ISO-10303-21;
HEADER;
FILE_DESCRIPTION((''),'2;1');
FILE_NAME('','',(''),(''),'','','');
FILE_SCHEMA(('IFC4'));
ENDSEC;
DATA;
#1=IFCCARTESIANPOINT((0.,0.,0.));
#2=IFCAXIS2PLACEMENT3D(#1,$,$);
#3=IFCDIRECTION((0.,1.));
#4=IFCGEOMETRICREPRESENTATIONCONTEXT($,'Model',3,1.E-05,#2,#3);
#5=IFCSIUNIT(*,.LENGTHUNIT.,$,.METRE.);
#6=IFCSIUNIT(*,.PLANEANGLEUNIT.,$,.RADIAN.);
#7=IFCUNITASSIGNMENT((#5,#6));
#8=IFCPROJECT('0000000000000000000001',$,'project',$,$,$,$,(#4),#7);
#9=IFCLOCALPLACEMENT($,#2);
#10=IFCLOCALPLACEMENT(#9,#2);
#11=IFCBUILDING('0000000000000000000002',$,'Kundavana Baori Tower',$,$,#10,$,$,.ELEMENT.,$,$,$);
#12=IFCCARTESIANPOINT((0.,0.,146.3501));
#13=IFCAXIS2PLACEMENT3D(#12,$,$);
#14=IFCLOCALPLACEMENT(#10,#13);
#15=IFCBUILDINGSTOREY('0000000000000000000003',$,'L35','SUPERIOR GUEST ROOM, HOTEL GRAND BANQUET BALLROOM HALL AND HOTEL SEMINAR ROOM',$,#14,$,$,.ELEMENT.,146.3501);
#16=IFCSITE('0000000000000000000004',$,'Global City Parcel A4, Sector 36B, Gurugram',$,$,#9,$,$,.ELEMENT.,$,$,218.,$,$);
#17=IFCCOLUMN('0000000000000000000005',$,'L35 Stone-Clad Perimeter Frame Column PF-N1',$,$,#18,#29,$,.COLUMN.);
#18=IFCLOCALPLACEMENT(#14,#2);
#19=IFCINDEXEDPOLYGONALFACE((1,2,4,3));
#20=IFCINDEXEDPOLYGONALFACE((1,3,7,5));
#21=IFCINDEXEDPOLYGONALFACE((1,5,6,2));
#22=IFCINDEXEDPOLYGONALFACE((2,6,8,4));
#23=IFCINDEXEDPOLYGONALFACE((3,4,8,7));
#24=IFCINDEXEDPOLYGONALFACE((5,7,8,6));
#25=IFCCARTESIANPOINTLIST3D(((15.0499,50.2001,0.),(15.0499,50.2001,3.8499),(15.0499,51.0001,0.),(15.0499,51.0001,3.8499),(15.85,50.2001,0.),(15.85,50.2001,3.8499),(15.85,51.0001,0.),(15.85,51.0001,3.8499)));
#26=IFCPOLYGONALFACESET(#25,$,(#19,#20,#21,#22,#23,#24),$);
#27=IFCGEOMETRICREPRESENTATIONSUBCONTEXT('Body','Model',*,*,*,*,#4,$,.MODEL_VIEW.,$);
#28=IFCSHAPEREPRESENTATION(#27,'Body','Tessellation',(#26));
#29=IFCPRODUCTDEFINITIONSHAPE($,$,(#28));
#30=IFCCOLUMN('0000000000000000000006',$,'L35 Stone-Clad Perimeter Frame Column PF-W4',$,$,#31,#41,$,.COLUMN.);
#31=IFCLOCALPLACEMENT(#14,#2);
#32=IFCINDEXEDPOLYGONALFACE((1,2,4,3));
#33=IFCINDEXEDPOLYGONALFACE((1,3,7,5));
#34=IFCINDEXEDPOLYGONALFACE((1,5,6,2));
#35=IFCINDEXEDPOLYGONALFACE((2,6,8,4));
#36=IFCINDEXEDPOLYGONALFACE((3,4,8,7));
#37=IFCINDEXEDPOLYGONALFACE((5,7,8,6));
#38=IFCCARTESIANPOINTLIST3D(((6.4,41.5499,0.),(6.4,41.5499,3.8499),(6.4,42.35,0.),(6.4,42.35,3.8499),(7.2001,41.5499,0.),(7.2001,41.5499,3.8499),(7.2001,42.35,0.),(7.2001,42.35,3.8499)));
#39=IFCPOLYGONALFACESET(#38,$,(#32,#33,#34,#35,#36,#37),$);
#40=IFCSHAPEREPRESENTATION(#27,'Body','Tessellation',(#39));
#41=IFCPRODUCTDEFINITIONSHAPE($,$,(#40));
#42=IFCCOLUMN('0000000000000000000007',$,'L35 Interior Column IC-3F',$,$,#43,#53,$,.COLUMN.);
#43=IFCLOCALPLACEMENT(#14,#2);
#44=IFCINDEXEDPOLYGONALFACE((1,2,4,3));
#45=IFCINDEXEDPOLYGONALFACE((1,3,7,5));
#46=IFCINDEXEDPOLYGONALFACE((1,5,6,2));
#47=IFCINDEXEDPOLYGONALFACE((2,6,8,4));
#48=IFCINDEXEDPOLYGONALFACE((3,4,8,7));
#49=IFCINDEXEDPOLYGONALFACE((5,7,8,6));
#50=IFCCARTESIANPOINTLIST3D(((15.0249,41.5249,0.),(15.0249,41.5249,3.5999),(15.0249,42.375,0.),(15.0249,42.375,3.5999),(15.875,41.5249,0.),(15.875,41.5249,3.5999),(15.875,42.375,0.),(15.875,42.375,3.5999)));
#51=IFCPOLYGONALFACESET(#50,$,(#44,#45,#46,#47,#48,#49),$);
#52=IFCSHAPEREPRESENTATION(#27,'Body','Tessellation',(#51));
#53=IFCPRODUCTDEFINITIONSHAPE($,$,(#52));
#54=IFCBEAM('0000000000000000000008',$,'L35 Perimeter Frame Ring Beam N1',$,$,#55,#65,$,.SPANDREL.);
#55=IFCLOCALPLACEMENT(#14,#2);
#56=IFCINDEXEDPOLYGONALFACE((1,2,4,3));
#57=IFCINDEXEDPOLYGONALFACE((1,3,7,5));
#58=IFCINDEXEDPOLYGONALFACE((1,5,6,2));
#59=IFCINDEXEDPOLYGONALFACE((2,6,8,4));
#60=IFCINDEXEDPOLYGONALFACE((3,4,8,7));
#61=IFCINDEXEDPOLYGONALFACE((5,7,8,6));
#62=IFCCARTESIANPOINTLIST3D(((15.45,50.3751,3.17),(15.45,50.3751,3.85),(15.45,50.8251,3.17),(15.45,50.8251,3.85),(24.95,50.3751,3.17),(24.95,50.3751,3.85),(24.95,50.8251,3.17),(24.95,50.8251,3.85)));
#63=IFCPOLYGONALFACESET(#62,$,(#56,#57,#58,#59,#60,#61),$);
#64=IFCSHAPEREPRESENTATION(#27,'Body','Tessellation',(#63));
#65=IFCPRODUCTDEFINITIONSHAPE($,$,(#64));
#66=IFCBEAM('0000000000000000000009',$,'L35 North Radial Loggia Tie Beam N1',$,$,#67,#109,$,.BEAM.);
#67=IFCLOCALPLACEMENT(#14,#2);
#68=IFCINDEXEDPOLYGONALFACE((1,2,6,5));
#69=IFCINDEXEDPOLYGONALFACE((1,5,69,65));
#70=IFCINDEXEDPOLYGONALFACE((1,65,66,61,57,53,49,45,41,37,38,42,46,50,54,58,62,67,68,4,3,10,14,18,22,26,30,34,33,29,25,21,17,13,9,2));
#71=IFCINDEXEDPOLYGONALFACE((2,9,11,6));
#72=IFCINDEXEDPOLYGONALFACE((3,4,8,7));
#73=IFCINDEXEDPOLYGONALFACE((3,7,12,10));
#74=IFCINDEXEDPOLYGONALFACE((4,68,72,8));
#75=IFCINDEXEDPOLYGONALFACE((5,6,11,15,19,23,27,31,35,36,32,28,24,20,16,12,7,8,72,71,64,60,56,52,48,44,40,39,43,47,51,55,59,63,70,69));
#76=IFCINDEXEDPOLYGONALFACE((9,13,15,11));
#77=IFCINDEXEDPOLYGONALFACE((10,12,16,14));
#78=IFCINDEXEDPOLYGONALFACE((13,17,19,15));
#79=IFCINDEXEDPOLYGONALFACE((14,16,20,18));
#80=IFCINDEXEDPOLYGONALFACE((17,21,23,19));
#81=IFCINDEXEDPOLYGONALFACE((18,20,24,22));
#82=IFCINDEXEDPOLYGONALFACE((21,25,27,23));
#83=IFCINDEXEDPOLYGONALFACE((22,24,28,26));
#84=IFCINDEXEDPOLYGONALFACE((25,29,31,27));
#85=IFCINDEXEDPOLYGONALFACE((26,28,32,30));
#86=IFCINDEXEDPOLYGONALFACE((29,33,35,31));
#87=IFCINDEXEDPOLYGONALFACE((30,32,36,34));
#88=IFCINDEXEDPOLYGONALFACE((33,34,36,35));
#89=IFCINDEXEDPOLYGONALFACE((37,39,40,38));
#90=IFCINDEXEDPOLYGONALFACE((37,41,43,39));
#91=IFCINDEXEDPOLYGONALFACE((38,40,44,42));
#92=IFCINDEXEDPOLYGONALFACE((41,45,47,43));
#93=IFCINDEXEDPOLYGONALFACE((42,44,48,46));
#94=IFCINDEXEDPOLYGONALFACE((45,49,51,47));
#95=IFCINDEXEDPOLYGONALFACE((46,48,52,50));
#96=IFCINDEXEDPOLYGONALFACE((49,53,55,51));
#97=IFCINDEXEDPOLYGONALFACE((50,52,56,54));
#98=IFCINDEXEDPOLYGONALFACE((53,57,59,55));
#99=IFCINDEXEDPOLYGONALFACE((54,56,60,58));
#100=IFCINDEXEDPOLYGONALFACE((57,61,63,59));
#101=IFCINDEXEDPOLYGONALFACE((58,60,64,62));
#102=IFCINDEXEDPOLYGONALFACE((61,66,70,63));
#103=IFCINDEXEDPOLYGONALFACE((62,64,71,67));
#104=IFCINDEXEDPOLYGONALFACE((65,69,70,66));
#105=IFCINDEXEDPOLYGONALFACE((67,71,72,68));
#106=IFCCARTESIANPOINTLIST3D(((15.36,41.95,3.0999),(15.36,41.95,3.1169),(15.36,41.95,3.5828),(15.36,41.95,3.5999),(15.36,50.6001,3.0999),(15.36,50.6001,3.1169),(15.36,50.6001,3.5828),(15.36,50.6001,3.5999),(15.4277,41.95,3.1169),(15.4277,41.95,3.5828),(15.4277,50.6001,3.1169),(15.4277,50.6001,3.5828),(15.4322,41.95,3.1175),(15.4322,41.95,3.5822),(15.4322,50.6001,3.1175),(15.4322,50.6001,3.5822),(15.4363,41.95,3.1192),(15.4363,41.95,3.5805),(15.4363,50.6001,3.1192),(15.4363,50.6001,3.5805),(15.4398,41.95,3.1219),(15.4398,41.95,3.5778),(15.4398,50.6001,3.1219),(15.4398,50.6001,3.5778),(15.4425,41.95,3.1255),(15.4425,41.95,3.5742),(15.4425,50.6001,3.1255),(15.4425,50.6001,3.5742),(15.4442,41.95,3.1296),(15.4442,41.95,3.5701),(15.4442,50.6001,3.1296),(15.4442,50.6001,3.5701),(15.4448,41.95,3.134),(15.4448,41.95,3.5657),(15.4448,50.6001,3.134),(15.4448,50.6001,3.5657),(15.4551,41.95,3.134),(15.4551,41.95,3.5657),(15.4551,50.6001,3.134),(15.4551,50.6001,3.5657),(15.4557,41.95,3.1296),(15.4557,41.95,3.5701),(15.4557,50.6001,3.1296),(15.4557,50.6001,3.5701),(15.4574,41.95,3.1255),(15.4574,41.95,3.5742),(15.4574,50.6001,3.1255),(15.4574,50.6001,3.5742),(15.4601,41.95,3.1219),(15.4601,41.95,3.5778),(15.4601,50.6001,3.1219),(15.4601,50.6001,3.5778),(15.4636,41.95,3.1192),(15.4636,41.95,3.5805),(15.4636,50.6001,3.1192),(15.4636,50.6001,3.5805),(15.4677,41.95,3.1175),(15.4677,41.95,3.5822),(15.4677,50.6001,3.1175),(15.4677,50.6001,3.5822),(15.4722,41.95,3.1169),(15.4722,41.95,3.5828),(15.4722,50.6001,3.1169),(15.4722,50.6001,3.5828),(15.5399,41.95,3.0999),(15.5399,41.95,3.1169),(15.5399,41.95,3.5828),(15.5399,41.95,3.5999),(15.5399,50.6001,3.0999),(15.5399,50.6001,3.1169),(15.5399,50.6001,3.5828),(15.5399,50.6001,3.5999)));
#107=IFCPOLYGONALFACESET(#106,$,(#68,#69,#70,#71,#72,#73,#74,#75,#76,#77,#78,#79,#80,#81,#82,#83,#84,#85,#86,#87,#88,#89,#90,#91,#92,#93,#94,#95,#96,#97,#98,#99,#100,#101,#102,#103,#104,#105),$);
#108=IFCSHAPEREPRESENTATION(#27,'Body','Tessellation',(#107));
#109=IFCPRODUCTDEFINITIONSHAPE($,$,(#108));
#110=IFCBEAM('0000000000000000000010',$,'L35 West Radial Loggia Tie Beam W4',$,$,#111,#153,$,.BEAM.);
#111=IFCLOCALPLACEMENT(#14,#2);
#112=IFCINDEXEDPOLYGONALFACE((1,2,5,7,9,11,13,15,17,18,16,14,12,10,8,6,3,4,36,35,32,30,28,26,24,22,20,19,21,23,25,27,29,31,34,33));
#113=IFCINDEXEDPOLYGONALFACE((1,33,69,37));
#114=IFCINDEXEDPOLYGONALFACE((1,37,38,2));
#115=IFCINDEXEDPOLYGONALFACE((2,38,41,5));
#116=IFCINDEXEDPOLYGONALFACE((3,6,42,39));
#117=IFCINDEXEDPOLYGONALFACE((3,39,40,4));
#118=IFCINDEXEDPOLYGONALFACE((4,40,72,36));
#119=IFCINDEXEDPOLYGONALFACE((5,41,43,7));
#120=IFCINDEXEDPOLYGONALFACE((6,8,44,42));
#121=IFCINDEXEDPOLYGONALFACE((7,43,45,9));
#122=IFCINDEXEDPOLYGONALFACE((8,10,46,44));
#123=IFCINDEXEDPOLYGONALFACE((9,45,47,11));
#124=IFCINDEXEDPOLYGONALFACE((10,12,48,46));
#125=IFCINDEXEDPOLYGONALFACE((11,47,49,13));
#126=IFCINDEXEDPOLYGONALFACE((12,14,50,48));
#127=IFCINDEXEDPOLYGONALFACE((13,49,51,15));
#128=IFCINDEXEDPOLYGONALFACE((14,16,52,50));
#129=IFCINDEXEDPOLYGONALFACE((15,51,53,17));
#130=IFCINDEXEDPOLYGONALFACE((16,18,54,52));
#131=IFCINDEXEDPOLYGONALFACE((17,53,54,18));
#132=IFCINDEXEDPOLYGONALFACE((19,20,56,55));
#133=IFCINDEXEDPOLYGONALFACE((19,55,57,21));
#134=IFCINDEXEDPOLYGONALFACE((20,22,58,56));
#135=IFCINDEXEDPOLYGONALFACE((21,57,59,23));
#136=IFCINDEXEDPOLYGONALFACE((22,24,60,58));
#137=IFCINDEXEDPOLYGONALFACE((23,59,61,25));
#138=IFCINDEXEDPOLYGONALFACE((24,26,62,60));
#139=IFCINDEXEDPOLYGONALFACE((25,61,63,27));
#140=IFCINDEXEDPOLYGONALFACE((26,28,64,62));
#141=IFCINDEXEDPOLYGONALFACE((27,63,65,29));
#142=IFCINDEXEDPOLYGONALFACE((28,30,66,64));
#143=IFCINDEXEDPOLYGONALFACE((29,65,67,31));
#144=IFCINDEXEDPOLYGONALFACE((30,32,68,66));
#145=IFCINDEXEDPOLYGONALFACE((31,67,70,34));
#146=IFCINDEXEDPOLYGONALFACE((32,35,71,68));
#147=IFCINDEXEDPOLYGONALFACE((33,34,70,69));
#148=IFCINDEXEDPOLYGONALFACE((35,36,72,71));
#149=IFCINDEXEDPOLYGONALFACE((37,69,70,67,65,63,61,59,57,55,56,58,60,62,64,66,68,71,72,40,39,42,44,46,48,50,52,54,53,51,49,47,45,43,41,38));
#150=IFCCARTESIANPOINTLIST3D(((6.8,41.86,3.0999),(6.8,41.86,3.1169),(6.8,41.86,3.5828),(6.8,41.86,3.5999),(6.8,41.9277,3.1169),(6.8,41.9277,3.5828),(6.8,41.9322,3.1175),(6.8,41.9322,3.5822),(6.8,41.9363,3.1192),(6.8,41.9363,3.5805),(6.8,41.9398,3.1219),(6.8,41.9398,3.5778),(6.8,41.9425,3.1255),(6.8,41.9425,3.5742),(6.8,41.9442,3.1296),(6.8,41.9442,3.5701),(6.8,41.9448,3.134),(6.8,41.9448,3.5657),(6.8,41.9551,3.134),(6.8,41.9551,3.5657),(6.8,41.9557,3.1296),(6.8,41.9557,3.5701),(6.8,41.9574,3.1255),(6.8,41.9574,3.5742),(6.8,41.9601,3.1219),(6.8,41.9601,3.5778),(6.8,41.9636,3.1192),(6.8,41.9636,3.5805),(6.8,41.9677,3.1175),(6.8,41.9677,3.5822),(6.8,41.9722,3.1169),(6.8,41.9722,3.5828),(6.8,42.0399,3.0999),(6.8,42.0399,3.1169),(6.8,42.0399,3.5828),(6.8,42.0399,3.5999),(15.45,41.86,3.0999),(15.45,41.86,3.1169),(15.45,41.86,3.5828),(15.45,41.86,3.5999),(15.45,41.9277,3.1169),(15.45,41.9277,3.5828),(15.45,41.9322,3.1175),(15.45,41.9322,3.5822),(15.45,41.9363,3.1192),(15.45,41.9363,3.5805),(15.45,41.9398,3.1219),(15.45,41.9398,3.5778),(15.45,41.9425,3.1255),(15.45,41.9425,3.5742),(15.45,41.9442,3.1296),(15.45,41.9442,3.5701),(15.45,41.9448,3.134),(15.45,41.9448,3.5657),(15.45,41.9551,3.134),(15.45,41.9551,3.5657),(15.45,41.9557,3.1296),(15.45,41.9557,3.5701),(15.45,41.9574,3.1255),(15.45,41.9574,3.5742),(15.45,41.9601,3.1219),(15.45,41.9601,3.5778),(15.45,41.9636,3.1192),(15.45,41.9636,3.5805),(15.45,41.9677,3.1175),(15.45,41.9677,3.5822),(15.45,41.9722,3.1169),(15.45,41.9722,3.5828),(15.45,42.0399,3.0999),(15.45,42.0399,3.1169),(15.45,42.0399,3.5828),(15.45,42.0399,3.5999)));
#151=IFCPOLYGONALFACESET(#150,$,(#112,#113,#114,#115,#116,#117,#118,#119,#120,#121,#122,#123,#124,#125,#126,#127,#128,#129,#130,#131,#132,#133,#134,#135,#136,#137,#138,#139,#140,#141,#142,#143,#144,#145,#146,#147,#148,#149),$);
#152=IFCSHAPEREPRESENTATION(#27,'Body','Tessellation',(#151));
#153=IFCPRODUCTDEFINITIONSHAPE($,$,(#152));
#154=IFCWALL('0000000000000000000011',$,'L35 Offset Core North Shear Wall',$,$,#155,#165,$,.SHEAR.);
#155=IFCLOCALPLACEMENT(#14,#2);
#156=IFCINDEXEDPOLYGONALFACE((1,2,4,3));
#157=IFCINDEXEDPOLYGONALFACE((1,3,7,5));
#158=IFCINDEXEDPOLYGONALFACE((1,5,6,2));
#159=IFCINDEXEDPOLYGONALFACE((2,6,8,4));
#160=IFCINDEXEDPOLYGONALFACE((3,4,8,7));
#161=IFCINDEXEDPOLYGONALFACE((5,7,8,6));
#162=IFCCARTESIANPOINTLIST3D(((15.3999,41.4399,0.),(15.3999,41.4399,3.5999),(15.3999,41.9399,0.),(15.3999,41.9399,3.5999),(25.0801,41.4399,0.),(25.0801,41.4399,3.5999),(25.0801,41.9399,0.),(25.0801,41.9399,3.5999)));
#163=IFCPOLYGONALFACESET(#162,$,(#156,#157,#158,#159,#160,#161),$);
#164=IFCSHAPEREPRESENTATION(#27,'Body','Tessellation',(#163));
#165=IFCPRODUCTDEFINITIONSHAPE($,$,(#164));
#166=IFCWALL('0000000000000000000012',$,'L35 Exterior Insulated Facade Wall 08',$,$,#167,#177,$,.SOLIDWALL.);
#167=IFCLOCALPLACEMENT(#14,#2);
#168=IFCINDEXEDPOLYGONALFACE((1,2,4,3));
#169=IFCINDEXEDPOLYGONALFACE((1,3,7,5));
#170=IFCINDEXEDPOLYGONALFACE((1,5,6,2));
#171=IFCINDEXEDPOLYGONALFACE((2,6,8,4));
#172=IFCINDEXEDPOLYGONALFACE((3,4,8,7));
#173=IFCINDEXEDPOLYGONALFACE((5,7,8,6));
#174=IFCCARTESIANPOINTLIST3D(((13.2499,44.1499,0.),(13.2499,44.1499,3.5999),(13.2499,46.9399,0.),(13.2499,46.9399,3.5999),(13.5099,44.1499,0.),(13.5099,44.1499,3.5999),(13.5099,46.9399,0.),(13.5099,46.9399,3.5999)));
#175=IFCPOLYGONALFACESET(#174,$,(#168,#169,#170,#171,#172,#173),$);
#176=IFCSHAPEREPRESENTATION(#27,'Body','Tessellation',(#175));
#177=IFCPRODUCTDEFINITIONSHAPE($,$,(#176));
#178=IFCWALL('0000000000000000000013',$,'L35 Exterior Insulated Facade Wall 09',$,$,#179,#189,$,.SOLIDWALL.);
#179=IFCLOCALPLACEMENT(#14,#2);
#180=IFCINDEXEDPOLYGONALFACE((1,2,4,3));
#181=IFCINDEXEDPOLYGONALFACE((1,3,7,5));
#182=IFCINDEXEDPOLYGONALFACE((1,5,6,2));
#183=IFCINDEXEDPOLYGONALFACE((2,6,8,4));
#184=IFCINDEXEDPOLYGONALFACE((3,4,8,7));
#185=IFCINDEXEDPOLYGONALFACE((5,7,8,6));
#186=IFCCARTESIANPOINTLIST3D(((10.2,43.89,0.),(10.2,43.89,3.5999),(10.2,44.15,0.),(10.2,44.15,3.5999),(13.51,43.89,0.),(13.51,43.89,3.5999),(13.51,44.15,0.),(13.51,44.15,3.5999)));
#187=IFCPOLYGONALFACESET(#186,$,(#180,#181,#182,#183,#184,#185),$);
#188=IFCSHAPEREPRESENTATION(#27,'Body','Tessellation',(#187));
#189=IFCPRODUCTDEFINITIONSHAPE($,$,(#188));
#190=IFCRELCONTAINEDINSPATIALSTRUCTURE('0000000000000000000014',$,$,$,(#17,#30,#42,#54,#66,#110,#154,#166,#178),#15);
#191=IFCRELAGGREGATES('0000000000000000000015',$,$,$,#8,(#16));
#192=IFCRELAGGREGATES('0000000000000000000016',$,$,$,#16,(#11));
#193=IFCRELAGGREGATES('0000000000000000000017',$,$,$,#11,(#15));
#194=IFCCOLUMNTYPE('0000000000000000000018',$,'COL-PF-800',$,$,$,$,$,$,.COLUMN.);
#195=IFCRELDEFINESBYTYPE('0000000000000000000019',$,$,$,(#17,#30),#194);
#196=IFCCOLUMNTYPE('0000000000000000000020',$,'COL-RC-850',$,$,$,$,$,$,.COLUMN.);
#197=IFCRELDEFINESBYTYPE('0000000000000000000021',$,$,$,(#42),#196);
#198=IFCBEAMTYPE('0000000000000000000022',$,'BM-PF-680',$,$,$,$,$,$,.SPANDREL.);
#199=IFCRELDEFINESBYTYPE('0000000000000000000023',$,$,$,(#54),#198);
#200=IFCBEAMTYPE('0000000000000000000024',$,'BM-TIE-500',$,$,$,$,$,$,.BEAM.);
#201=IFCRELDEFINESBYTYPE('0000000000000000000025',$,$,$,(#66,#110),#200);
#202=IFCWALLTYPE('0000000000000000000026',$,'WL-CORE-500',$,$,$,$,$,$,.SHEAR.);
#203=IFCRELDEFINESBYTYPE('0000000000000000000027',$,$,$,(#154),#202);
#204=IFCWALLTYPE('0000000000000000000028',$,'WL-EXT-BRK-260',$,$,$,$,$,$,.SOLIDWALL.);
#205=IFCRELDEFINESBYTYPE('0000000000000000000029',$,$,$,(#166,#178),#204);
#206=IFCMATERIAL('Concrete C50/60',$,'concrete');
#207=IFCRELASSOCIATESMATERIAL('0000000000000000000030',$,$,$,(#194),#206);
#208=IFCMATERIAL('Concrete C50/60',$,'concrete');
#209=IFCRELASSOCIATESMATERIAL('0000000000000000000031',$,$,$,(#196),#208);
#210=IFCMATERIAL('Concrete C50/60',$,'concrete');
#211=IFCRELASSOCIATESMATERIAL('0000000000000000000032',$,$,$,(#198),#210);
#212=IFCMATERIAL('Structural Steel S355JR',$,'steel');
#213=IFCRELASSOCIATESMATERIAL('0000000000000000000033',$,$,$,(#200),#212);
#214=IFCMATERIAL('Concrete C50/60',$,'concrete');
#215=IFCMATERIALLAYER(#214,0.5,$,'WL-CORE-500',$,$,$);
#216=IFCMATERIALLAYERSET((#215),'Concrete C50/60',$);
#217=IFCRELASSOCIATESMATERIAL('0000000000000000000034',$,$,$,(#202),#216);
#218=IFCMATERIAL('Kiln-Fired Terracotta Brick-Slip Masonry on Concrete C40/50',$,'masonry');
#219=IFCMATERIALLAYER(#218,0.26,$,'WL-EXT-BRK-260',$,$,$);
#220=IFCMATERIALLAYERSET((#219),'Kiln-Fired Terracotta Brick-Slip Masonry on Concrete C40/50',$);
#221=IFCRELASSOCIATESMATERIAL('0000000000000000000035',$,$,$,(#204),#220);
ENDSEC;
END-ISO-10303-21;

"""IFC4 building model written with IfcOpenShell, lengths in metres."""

from ifc_helpers import new_model, si_unit, direction, frame, frame_2d, origin, origin_2d, place, context, subcontext, project, spatial, rectangle, i_section, extrude, material, layer, layer_set, material_profile, profile_set, type_object, element, save


model = new_model("IFC4")

# Units and contexts
model_context = context("Model", 3, precision=1e-05, world=origin(), true_north=direction((0.0, 1.0)))
body_context = subcontext(model_context, "Body", "Model", "MODEL_VIEW")
ifc_project = project(units=[si_unit("LENGTHUNIT", "METRE"), si_unit("PLANEANGLEUNIT", "RADIAN")], contexts=[model_context])

# Site, building, storey
site_placement = place(None, origin())
site = spatial("IfcSite", under=ifc_project, at=site_placement, Name="Global City Parcel A4, Sector 36B, Gurugram", CompositionType="ELEMENT", RefElevation=218.0)
building_placement = place(site_placement, origin())
building = spatial("IfcBuilding", under=site, at=building_placement, Name="Kundavana Baori Tower", CompositionType="ELEMENT")
storey_placement = place(building_placement, frame((0.0, 0.0, 146.3501)))
storey = spatial("IfcBuildingStorey", under=building, at=storey_placement, Name="L35", Description="SUPERIOR GUEST ROOM, HOTEL GRAND BANQUET BALLROOM HALL AND HOTEL SEMINAR ROOM", CompositionType="ELEMENT", Elevation=146.3501)

# Columns
ifc_material_1 = material(Name="Concrete C50/60", Category="concrete")
ifc_material_profile_1 = material_profile(ifc_material_1, rectangle(XDim=0.8, YDim=0.8, at=origin_2d()), Name="RC PF 800x800")
ifc_profile_set_1 = profile_set([ifc_material_profile_1], Name="Concrete C50/60")
column_type_1 = type_object("IfcColumnType", Name="COL-PF-800", PredefinedType="COLUMN", material=ifc_profile_set_1)
for number, where, z_axis, x_axis, name in (
    (1, (15.45, 50.6001, 0.0), (0.0, 0.0, 1.0), (1.0, 0.0, 0.0), "L35 Stone-Clad Perimeter Frame Column PF-N1"),
    (2, (6.8, 41.95, 0.0), (0.0, 0.0, 1.0), (1.0, 0.0, 0.0), "L35 Stone-Clad Perimeter Frame Column PF-W4"),
):
    element("IfcColumn", number, at=place(storey_placement, frame(where, z_axis=z_axis, x_axis=x_axis)), inside=storey, type_object=column_type_1, Name=name, PredefinedType="COLUMN", context=body_context, shape_type="SweptSolid", body=[
        extrude(rectangle(XDim=0.8, YDim=0.8, at=origin_2d()), origin(), (0.0, 0.0, 1.0), 3.8499),
    ])
ifc_material_2 = material(Name="Concrete C50/60", Category="concrete")
ifc_material_profile_2 = material_profile(ifc_material_2, rectangle(XDim=0.8501, YDim=0.8501, at=origin_2d()), Name="RC 850x850")
ifc_profile_set_2 = profile_set([ifc_material_profile_2], Name="Concrete C50/60")
column_type_2 = type_object("IfcColumnType", Name="COL-RC-850", PredefinedType="COLUMN", material=ifc_profile_set_2)
column_placement = place(storey_placement, frame((15.45, 41.95, 0.0), z_axis=(0.0, 0.0, 1.0), x_axis=(1.0, 0.0, 0.0)))
element("IfcColumn", 3, at=column_placement, inside=storey, type_object=column_type_2, Name="L35 Interior Column IC-3F", PredefinedType="COLUMN", context=body_context, shape_type="SweptSolid", body=[
    extrude(rectangle(XDim=0.8501, YDim=0.8501, at=origin_2d()), origin(), (0.0, 0.0, 1.0), 3.5999),
])

# Beams
ifc_material_3 = material(Name="Concrete C50/60", Category="concrete")
ifc_material_profile_3 = material_profile(ifc_material_3, rectangle(XDim=0.45, YDim=0.6799, at=origin_2d()), Name="RC BM 450x680")
ifc_profile_set_3 = profile_set([ifc_material_profile_3], Name="Concrete C50/60")
beam_type_1 = type_object("IfcBeamType", Name="BM-PF-680", PredefinedType="SPANDREL", material=ifc_profile_set_3)
beam_1_placement = place(storey_placement, frame((15.45, 50.6001, 3.51), z_axis=(1.0, 0.0, 0.0), x_axis=(0.0, 1.0, 0.0)))
element("IfcBeam", 4, at=beam_1_placement, inside=storey, type_object=beam_type_1, Name="L35 Perimeter Frame Ring Beam N1", PredefinedType="SPANDREL", context=body_context, shape_type="SweptSolid", body=[
    extrude(rectangle(XDim=0.45, YDim=0.6799, at=origin_2d()), origin(), (0.0, 0.0, 1.0), 9.5),
])
ifc_material_4 = material(Name="Structural Steel S355JR", Category="steel")
ifc_material_profile_4 = material_profile(ifc_material_4, i_section(OverallWidth=0.1799, OverallDepth=0.5, WebThickness=0.0103, FlangeThickness=0.0171, FilletRadius=0.0171, at=origin_2d()), Name="ISMB 500")
ifc_profile_set_4 = profile_set([ifc_material_profile_4], Name="Structural Steel S355JR")
beam_type_2 = type_object("IfcBeamType", Name="BM-TIE-500", PredefinedType="BEAM", material=ifc_profile_set_4)
beam_2_placement = place(storey_placement, frame((15.45, 41.95, 3.3499), z_axis=(0.0, 1.0, 0.0), x_axis=(-1.0, 0.0, 0.0)))
element("IfcBeam", 5, at=beam_2_placement, inside=storey, type_object=beam_type_2, Name="L35 North Radial Loggia Tie Beam N1", PredefinedType="BEAM", context=body_context, shape_type="SweptSolid", body=[
    extrude(i_section(OverallWidth=0.1799, OverallDepth=0.5, WebThickness=0.0103, FlangeThickness=0.0171, FilletRadius=0.0171, at=origin_2d()), origin(), (0.0, 0.0, 1.0), 8.6501),
])
beam_3_placement = place(storey_placement, frame((15.45, 41.95, 3.3499), z_axis=(-1.0, 0.0, 0.0), x_axis=(0.0, -1.0, 0.0)))
element("IfcBeam", 6, at=beam_3_placement, inside=storey, type_object=beam_type_2, Name="L35 West Radial Loggia Tie Beam W4", PredefinedType="BEAM", context=body_context, shape_type="SweptSolid", body=[
    extrude(i_section(OverallWidth=0.1799, OverallDepth=0.5, WebThickness=0.0103, FlangeThickness=0.0171, FilletRadius=0.0171, at=origin_2d()), origin(), (0.0, 0.0, 1.0), 8.6499),
])

# Walls
ifc_material_5 = material(Name="Concrete C50/60", Category="concrete")
ifc_layer_1 = layer(ifc_material_5, 0.5, Name="WL-CORE-500")
ifc_layer_set_1 = layer_set([ifc_layer_1], Name="Concrete C50/60")
wall_type_1 = type_object("IfcWallType", Name="WL-CORE-500", PredefinedType="SHEAR", material=ifc_layer_set_1)
wall_1_placement = place(storey_placement, frame((15.3999, 41.6899, 0.0), z_axis=(0.0, 0.0, 1.0), x_axis=(1.0, 0.0, 0.0)))
element("IfcWall", 7, at=wall_1_placement, inside=storey, type_object=wall_type_1, Name="L35 Offset Core North Shear Wall", PredefinedType="SHEAR", context=body_context, shape_type="SweptSolid", body=[
    extrude(rectangle(XDim=9.6802, YDim=0.5, at=frame_2d((4.8401, 0.0))), origin(), (0.0, 0.0, 1.0), 3.5999),
])
ifc_material_6 = material(Name="Kiln-Fired Terracotta Brick-Slip Masonry on Concrete C40/50", Category="masonry")
ifc_layer_2 = layer(ifc_material_6, 0.26, Name="WL-EXT-BRK-260")
ifc_layer_set_2 = layer_set([ifc_layer_2], Name="Kiln-Fired Terracotta Brick-Slip Masonry on Concrete C40/50")
wall_type_2 = type_object("IfcWallType", Name="WL-EXT-BRK-260", PredefinedType="SOLIDWALL", material=ifc_layer_set_2)
wall_2_placement = place(storey_placement, frame((13.3799, 46.9399, 0.0), z_axis=(0.0, 0.0, 1.0), x_axis=(0.0, -1.0, 0.0)))
element("IfcWall", 8, at=wall_2_placement, inside=storey, type_object=wall_type_2, Name="L35 Exterior Insulated Facade Wall 08", PredefinedType="SOLIDWALL", context=body_context, shape_type="SweptSolid", body=[
    extrude(rectangle(XDim=2.79, YDim=0.26, at=frame_2d((1.395, 0.0))), origin(), (0.0, 0.0, 1.0), 3.5999),
])
wall_3_placement = place(storey_placement, frame((13.51, 44.02, 0.0), z_axis=(0.0, 0.0, 1.0), x_axis=(-1.0, 0.0, 0.0)))
element("IfcWall", 9, at=wall_3_placement, inside=storey, type_object=wall_type_2, Name="L35 Exterior Insulated Facade Wall 09", PredefinedType="SOLIDWALL", context=body_context, shape_type="SweptSolid", body=[
    extrude(rectangle(XDim=3.3101, YDim=0.26, at=frame_2d((1.655, 0.0))), origin(), (0.0, 0.0, 1.0), 3.5999),
])

save(model, "model.ifc")
